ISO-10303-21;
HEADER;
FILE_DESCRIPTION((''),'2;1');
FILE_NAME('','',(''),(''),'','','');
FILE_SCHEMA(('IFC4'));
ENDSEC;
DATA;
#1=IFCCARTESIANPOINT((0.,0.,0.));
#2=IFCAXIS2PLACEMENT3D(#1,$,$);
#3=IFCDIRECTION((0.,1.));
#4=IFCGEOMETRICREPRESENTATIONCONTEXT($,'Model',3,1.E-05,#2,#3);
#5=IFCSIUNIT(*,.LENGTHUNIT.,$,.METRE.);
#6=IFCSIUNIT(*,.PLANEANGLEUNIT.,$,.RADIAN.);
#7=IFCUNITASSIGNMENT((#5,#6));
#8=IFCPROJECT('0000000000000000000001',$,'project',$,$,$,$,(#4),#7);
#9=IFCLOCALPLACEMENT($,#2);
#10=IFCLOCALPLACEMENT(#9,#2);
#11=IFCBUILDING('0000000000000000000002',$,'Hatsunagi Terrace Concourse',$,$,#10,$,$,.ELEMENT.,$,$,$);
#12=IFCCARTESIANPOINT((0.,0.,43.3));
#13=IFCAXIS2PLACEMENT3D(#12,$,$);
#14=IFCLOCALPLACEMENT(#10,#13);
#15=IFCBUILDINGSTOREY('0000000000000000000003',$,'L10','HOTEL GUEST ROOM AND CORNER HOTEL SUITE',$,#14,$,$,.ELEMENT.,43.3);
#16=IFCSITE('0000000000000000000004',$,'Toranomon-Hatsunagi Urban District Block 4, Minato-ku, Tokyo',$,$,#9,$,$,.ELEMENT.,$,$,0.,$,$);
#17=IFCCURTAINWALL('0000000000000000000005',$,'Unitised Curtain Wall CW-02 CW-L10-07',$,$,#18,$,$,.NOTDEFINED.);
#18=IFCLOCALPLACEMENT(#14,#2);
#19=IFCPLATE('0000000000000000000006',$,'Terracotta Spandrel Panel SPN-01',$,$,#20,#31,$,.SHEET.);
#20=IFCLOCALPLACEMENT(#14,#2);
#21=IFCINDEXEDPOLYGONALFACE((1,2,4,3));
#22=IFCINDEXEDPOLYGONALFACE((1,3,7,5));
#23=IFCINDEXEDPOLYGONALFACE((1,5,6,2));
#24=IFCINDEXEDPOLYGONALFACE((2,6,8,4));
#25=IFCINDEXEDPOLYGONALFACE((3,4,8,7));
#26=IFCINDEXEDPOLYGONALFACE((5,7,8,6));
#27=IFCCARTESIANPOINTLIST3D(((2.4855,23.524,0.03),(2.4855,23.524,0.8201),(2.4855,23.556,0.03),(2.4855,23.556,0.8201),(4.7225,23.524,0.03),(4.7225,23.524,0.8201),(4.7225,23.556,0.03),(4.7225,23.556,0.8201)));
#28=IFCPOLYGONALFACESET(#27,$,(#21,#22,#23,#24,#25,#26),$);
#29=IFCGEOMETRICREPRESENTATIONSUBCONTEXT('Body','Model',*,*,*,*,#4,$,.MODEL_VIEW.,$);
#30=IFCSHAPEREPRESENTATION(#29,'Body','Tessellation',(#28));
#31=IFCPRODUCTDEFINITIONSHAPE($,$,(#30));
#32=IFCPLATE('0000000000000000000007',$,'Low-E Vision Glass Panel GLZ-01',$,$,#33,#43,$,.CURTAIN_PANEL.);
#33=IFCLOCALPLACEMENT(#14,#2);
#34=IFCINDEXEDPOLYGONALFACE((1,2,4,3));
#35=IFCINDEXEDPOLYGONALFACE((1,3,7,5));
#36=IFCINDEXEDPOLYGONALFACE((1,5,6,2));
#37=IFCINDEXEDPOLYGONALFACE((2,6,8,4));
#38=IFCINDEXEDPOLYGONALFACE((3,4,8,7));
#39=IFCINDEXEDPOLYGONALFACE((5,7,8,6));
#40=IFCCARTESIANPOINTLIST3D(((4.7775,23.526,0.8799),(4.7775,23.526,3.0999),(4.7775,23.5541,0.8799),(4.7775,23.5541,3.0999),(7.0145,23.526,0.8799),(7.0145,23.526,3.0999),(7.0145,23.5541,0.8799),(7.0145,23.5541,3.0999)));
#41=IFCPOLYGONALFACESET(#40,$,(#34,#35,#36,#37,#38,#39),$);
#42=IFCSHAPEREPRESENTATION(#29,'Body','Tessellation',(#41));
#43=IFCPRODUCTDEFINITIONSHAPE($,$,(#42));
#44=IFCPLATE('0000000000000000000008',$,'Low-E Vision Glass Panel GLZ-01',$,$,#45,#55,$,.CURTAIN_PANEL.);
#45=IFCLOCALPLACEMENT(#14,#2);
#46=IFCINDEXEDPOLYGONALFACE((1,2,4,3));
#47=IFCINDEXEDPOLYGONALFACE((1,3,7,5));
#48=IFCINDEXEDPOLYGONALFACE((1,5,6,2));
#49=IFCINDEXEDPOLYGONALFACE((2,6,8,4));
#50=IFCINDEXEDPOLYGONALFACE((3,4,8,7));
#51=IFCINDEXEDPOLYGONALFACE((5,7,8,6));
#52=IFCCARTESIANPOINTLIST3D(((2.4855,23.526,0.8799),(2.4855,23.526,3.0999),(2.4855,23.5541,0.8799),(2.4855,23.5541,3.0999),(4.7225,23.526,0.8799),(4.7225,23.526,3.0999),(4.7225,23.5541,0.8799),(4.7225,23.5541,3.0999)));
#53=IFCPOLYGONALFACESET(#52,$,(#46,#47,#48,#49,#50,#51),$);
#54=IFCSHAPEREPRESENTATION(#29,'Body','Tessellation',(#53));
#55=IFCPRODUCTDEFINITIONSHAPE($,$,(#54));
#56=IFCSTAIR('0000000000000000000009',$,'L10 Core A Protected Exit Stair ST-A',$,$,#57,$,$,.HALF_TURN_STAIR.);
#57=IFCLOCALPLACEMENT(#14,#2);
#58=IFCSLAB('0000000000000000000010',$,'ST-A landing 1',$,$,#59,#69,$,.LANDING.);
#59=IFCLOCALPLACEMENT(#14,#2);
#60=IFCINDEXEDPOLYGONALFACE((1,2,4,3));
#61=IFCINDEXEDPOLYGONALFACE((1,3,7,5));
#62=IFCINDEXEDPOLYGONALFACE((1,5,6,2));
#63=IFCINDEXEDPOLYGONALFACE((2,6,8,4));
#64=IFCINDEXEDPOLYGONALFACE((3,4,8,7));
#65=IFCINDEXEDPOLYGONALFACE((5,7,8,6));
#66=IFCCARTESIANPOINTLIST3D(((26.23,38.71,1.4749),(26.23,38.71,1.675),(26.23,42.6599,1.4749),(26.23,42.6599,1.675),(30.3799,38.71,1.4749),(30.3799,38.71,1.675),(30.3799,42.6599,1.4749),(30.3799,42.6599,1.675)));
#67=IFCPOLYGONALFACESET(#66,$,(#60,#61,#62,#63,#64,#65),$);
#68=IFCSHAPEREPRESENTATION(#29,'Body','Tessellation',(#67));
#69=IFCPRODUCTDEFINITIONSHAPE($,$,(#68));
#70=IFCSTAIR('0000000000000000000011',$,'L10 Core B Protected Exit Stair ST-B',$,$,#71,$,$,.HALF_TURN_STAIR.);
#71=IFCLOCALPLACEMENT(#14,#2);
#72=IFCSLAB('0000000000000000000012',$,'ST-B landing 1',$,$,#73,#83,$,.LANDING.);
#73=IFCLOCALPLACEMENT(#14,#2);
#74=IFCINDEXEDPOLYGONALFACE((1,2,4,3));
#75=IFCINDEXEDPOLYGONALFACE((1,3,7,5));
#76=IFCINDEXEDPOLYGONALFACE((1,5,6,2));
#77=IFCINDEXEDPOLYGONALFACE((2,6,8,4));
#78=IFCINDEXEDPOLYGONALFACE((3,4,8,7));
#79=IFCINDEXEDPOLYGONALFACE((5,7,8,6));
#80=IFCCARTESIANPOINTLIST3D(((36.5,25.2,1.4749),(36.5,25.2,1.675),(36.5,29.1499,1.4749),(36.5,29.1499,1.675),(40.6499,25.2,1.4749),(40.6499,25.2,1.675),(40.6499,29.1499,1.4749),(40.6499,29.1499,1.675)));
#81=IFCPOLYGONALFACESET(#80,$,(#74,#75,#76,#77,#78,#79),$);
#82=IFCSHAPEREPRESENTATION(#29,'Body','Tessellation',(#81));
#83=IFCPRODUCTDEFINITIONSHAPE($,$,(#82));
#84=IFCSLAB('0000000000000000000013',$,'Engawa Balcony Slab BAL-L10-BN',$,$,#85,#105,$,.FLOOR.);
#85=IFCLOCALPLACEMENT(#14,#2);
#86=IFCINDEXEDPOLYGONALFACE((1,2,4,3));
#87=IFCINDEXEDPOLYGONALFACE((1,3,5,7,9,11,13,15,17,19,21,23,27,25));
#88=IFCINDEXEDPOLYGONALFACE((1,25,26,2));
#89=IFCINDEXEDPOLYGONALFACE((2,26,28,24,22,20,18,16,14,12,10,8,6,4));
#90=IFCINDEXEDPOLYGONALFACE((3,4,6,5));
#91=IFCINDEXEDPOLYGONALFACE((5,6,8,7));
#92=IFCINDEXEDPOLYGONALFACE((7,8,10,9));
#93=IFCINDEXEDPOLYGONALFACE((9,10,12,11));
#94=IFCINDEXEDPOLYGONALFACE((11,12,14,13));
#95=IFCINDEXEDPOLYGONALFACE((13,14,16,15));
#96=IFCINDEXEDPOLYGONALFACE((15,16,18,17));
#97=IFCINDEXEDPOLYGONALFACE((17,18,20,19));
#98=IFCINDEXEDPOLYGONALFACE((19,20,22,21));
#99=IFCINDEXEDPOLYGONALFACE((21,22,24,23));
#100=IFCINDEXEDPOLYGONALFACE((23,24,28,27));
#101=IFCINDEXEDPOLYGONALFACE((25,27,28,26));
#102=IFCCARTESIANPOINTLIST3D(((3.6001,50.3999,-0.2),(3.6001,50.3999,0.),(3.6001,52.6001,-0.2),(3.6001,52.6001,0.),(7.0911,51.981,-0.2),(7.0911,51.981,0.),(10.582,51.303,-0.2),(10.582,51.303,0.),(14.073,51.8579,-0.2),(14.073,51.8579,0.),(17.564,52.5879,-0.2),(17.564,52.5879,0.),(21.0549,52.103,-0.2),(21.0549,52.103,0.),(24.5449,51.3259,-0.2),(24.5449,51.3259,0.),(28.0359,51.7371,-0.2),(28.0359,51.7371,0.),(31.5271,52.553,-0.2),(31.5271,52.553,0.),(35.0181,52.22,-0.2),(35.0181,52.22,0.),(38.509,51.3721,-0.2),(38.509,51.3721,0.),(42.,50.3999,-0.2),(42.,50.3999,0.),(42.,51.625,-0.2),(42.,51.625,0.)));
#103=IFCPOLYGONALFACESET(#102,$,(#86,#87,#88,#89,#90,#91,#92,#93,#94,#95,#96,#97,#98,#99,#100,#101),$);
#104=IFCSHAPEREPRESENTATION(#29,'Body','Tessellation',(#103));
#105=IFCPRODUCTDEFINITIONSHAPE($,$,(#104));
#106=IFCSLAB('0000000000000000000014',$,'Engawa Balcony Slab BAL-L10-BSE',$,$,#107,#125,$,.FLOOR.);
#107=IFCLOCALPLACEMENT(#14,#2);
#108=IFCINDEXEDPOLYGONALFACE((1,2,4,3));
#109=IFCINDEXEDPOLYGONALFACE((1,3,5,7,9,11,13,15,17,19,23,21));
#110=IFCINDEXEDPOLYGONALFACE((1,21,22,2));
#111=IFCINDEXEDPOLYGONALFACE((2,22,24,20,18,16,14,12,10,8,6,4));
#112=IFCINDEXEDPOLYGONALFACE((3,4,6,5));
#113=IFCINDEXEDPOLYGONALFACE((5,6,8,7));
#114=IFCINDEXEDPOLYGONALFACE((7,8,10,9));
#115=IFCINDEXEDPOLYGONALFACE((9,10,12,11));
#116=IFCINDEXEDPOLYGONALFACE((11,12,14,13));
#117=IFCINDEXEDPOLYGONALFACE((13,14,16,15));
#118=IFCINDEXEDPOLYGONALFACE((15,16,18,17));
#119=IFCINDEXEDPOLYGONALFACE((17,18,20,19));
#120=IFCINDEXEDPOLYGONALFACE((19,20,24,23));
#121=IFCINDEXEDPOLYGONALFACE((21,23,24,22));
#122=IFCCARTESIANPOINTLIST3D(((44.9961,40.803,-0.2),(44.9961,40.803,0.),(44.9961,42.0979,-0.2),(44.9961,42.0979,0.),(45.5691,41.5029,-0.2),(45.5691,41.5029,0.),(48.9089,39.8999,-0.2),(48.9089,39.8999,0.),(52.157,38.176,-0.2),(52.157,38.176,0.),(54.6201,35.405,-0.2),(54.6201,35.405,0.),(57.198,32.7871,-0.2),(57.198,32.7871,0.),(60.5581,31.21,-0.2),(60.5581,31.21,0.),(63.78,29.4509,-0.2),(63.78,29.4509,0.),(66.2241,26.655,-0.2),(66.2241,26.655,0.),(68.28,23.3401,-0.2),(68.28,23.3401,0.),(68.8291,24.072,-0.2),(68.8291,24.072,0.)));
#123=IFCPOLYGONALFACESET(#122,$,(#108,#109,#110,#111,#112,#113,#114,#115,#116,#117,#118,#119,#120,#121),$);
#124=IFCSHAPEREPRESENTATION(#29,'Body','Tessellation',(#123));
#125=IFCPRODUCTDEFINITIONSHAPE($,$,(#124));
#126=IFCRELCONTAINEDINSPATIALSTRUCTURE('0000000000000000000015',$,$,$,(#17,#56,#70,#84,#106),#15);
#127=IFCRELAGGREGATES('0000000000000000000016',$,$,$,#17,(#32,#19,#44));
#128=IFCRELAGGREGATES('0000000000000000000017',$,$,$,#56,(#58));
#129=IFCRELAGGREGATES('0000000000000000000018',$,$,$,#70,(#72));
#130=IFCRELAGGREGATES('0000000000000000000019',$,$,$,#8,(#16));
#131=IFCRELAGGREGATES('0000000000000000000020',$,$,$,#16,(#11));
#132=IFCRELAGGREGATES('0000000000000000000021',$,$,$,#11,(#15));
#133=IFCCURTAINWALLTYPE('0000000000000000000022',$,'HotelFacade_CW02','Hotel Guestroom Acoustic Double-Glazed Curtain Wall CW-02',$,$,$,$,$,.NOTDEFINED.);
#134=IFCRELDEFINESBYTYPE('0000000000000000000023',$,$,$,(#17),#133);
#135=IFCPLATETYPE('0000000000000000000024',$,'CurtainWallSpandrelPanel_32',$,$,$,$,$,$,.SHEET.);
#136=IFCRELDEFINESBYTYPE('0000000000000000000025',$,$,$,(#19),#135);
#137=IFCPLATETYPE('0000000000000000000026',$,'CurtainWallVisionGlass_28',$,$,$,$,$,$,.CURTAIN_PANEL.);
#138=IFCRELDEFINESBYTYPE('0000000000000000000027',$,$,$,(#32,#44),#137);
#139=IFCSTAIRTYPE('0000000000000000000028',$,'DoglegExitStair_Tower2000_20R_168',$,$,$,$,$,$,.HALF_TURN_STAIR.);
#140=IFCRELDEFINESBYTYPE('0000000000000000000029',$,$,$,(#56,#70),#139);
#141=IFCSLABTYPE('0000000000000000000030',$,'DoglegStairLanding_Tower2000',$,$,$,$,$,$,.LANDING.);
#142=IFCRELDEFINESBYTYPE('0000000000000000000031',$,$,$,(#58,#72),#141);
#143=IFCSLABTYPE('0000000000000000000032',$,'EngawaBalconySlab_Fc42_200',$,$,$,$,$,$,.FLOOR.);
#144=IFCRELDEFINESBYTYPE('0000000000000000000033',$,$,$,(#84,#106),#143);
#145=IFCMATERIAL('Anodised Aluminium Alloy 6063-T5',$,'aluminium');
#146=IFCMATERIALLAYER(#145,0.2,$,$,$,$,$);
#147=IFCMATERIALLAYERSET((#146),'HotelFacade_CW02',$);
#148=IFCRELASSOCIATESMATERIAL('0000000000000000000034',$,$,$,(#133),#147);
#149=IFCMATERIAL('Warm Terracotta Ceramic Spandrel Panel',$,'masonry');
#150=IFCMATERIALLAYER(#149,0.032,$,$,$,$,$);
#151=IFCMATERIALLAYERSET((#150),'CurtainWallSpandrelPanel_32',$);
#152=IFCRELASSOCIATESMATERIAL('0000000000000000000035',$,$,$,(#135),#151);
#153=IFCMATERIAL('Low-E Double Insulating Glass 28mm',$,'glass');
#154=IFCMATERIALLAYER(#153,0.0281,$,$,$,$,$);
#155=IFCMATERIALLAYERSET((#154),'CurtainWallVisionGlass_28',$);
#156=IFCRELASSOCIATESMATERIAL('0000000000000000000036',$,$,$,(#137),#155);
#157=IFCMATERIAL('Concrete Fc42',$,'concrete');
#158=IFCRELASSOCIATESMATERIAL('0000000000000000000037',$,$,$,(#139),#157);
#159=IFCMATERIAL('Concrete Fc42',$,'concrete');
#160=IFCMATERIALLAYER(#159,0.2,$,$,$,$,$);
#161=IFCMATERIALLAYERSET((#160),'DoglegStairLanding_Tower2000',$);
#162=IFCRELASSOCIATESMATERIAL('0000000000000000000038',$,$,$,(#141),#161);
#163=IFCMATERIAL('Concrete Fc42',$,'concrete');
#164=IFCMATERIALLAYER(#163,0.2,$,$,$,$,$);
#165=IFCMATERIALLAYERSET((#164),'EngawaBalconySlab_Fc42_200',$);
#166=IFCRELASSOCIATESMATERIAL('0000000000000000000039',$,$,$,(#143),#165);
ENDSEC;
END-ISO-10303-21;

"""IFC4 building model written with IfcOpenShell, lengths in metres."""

from ifc_helpers import new_model, si_unit, direction, frame, origin, origin_2d, place, context, subcontext, project, spatial, polyline, rectangle, outline, extrude, material, layer, layer_set, type_object, element, aggregate, save


model = new_model("IFC4")

# Units and contexts
model_context = context("Model", 3, precision=1e-05, world=origin(), true_north=direction((0.0, 1.0)))
body_context = subcontext(model_context, "Body", "Model", "MODEL_VIEW")
ifc_project = project(units=[si_unit("LENGTHUNIT", "METRE"), si_unit("PLANEANGLEUNIT", "RADIAN")], contexts=[model_context])

# Site, building, storey
site_placement = place(None, origin())
site = spatial("IfcSite", under=ifc_project, at=site_placement, Name="Toranomon-Hatsunagi Urban District Block 4, Minato-ku, Tokyo", CompositionType="ELEMENT", RefElevation=0.0)
building_placement = place(site_placement, origin())
building = spatial("IfcBuilding", under=site, at=building_placement, Name="Hatsunagi Terrace Concourse", CompositionType="ELEMENT")
storey_placement = place(building_placement, frame((0.0, 0.0, 43.3)))
storey = spatial("IfcBuildingStorey", under=building, at=storey_placement, Name="L10", Description="HOTEL GUEST ROOM AND CORNER HOTEL SUITE", CompositionType="ELEMENT", Elevation=43.3)

# Curtain wall
ifc_material_1 = material(Name="Anodised Aluminium Alloy 6063-T5", Category="aluminium")
ifc_layer_1 = layer(ifc_material_1, 0.2)
ifc_layer_set_1 = layer_set([ifc_layer_1], Name="HotelFacade_CW02")
curtain_wall_type = type_object("IfcCurtainWallType", Name="HotelFacade_CW02", Description="Hotel Guestroom Acoustic Double-Glazed Curtain Wall CW-02", PredefinedType="NOTDEFINED", material=ifc_layer_set_1)
curtain_wall_placement = place(storey_placement, origin())
curtain_wall = element("IfcCurtainWall", 1, at=curtain_wall_placement, inside=storey, type_object=curtain_wall_type, Name="Unitised Curtain Wall CW-02 CW-L10-07", PredefinedType="NOTDEFINED")

# Plates
ifc_material_2 = material(Name="Warm Terracotta Ceramic Spandrel Panel", Category="masonry")
ifc_layer_2 = layer(ifc_material_2, 0.032)
ifc_layer_set_2 = layer_set([ifc_layer_2], Name="CurtainWallSpandrelPanel_32")
plate_type_1 = type_object("IfcPlateType", Name="CurtainWallSpandrelPanel_32", PredefinedType="SHEET", material=ifc_layer_set_2)
plate_1_placement = place(storey_placement, frame((3.604, 23.54, 0.03), z_axis=(0.0, 0.0, 1.0), x_axis=(-1.0, 0.0, 0.0)))
plate_1 = element("IfcPlate", 2, at=plate_1_placement, type_object=plate_type_1, Name="Terracotta Spandrel Panel SPN-01", PredefinedType="SHEET", context=body_context, shape_type="SweptSolid", body=[
    extrude(rectangle(XDim=2.2371, YDim=0.032, at=origin_2d()), origin(), (0.0, 0.0, 1.0), 0.79),
])
ifc_material_3 = material(Name="Low-E Double Insulating Glass 28mm", Category="glass")
ifc_layer_3 = layer(ifc_material_3, 0.0281)
ifc_layer_set_3 = layer_set([ifc_layer_3], Name="CurtainWallVisionGlass_28")
plate_type_2 = type_object("IfcPlateType", Name="CurtainWallVisionGlass_28", PredefinedType="CURTAIN_PANEL", material=ifc_layer_set_3)
plate_2_placement = place(storey_placement, frame((5.896, 23.54, 0.8799), z_axis=(0.0, 0.0, 1.0), x_axis=(-1.0, 0.0, 0.0)))
plate_2 = element("IfcPlate", 3, at=plate_2_placement, type_object=plate_type_2, Name="Low-E Vision Glass Panel GLZ-01", PredefinedType="CURTAIN_PANEL", context=body_context, shape_type="SweptSolid", body=[
    extrude(rectangle(XDim=2.2371, YDim=0.0281, at=origin_2d()), origin(), (0.0, 0.0, 1.0), 2.22),
])
plate_3_placement = place(storey_placement, frame((3.604, 23.54, 0.8799), z_axis=(0.0, 0.0, 1.0), x_axis=(-1.0, 0.0, 0.0)))
plate_3 = element("IfcPlate", 4, at=plate_3_placement, type_object=plate_type_2, Name="Low-E Vision Glass Panel GLZ-01", PredefinedType="CURTAIN_PANEL", context=body_context, shape_type="SweptSolid", body=[
    extrude(rectangle(XDim=2.2371, YDim=0.0281, at=origin_2d()), origin(), (0.0, 0.0, 1.0), 2.22),
])
aggregate(curtain_wall, [plate_2, plate_1, plate_3])

# Stairs, slabs
ifc_material_4 = material(Name="Concrete Fc42", Category="concrete")
stair_type = type_object("IfcStairType", Name="DoglegExitStair_Tower2000_20R_168", PredefinedType="HALF_TURN_STAIR", material=ifc_material_4)
stair_1_placement = place(storey_placement, origin())
stair_1 = element("IfcStair", 5, at=stair_1_placement, inside=storey, type_object=stair_type, Name="L10 Core A Protected Exit Stair ST-A", PredefinedType="HALF_TURN_STAIR")
ifc_material_5 = material(Name="Concrete Fc42", Category="concrete")
ifc_layer_4 = layer(ifc_material_5, 0.2)
ifc_layer_set_4 = layer_set([ifc_layer_4], Name="DoglegStairLanding_Tower2000")
slab_type_1 = type_object("IfcSlabType", Name="DoglegStairLanding_Tower2000", PredefinedType="LANDING", material=ifc_layer_set_4)
slab_1_placement = place(storey_placement, frame((0.0, 0.0, 1.4749)))
slab_1 = element("IfcSlab", 6, at=slab_1_placement, type_object=slab_type_1, Name="ST-A landing 1", PredefinedType="LANDING", context=body_context, shape_type="SweptSolid", body=[
    extrude(outline(polyline([(30.3799, 38.71), (30.3799, 42.6599), (26.23, 42.6599), (26.23, 38.71), (30.3799, 38.71)])), origin(), (0.0, 0.0, 1.0), 0.2002),
])
aggregate(stair_1, [slab_1])
stair_2_placement = place(storey_placement, origin())
stair_2 = element("IfcStair", 7, at=stair_2_placement, inside=storey, type_object=stair_type, Name="L10 Core B Protected Exit Stair ST-B", PredefinedType="HALF_TURN_STAIR")
slab_2_placement = place(storey_placement, frame((0.0, 0.0, 1.4749)))
slab_2 = element("IfcSlab", 8, at=slab_2_placement, type_object=slab_type_1, Name="ST-B landing 1", PredefinedType="LANDING", context=body_context, shape_type="SweptSolid", body=[
    extrude(outline(polyline([(36.5, 29.1499), (36.5, 25.2), (40.6499, 25.2), (40.6499, 29.1499), (36.5, 29.1499)])), origin(), (0.0, 0.0, 1.0), 0.2002),
])
aggregate(stair_2, [slab_2])

# Slabs
ifc_material_6 = material(Name="Concrete Fc42", Category="concrete")
ifc_layer_5 = layer(ifc_material_6, 0.2)
ifc_layer_set_5 = layer_set([ifc_layer_5], Name="EngawaBalconySlab_Fc42_200")
slab_type_2 = type_object("IfcSlabType", Name="EngawaBalconySlab_Fc42_200", PredefinedType="FLOOR", material=ifc_layer_set_5)
slab_3_placement = place(storey_placement, frame((0.0, 0.0, -0.2)))
element("IfcSlab", 9, at=slab_3_placement, inside=storey, type_object=slab_type_2, Name="Engawa Balcony Slab BAL-L10-BN", PredefinedType="FLOOR", context=body_context, shape_type="SweptSolid", body=[
    extrude(outline(polyline([(3.6001, 52.6001), (3.6001, 50.3999), (42.0, 50.3999), (42.0, 51.625), (38.509, 51.3721), (35.0181, 52.22), (31.5271, 52.553), (28.0359, 51.7371), (24.5449, 51.3259), (21.0549, 52.103), (17.564, 52.5879), (14.073, 51.8579), (10.582, 51.303), (7.0911, 51.981), (3.6001, 52.6001)])), origin(), (0.0, 0.0, 1.0), 0.2),
])
slab_4_placement = place(storey_placement, frame((0.0, 0.0, -0.2)))
element("IfcSlab", 10, at=slab_4_placement, inside=storey, type_object=slab_type_2, Name="Engawa Balcony Slab BAL-L10-BSE", PredefinedType="FLOOR", context=body_context, shape_type="SweptSolid", body=[
    extrude(outline(polyline([(45.5691, 41.5029), (44.9961, 42.0979), (44.9961, 40.803), (68.28, 23.3401), (68.8291, 24.072), (66.2241, 26.655), (63.78, 29.4509), (60.5581, 31.21), (57.198, 32.7871), (54.6201, 35.405), (52.157, 38.176), (48.9089, 39.8999), (45.5691, 41.5029)])), origin(), (0.0, 0.0, 1.0), 0.2),
])

save(model, "model.ifc")
